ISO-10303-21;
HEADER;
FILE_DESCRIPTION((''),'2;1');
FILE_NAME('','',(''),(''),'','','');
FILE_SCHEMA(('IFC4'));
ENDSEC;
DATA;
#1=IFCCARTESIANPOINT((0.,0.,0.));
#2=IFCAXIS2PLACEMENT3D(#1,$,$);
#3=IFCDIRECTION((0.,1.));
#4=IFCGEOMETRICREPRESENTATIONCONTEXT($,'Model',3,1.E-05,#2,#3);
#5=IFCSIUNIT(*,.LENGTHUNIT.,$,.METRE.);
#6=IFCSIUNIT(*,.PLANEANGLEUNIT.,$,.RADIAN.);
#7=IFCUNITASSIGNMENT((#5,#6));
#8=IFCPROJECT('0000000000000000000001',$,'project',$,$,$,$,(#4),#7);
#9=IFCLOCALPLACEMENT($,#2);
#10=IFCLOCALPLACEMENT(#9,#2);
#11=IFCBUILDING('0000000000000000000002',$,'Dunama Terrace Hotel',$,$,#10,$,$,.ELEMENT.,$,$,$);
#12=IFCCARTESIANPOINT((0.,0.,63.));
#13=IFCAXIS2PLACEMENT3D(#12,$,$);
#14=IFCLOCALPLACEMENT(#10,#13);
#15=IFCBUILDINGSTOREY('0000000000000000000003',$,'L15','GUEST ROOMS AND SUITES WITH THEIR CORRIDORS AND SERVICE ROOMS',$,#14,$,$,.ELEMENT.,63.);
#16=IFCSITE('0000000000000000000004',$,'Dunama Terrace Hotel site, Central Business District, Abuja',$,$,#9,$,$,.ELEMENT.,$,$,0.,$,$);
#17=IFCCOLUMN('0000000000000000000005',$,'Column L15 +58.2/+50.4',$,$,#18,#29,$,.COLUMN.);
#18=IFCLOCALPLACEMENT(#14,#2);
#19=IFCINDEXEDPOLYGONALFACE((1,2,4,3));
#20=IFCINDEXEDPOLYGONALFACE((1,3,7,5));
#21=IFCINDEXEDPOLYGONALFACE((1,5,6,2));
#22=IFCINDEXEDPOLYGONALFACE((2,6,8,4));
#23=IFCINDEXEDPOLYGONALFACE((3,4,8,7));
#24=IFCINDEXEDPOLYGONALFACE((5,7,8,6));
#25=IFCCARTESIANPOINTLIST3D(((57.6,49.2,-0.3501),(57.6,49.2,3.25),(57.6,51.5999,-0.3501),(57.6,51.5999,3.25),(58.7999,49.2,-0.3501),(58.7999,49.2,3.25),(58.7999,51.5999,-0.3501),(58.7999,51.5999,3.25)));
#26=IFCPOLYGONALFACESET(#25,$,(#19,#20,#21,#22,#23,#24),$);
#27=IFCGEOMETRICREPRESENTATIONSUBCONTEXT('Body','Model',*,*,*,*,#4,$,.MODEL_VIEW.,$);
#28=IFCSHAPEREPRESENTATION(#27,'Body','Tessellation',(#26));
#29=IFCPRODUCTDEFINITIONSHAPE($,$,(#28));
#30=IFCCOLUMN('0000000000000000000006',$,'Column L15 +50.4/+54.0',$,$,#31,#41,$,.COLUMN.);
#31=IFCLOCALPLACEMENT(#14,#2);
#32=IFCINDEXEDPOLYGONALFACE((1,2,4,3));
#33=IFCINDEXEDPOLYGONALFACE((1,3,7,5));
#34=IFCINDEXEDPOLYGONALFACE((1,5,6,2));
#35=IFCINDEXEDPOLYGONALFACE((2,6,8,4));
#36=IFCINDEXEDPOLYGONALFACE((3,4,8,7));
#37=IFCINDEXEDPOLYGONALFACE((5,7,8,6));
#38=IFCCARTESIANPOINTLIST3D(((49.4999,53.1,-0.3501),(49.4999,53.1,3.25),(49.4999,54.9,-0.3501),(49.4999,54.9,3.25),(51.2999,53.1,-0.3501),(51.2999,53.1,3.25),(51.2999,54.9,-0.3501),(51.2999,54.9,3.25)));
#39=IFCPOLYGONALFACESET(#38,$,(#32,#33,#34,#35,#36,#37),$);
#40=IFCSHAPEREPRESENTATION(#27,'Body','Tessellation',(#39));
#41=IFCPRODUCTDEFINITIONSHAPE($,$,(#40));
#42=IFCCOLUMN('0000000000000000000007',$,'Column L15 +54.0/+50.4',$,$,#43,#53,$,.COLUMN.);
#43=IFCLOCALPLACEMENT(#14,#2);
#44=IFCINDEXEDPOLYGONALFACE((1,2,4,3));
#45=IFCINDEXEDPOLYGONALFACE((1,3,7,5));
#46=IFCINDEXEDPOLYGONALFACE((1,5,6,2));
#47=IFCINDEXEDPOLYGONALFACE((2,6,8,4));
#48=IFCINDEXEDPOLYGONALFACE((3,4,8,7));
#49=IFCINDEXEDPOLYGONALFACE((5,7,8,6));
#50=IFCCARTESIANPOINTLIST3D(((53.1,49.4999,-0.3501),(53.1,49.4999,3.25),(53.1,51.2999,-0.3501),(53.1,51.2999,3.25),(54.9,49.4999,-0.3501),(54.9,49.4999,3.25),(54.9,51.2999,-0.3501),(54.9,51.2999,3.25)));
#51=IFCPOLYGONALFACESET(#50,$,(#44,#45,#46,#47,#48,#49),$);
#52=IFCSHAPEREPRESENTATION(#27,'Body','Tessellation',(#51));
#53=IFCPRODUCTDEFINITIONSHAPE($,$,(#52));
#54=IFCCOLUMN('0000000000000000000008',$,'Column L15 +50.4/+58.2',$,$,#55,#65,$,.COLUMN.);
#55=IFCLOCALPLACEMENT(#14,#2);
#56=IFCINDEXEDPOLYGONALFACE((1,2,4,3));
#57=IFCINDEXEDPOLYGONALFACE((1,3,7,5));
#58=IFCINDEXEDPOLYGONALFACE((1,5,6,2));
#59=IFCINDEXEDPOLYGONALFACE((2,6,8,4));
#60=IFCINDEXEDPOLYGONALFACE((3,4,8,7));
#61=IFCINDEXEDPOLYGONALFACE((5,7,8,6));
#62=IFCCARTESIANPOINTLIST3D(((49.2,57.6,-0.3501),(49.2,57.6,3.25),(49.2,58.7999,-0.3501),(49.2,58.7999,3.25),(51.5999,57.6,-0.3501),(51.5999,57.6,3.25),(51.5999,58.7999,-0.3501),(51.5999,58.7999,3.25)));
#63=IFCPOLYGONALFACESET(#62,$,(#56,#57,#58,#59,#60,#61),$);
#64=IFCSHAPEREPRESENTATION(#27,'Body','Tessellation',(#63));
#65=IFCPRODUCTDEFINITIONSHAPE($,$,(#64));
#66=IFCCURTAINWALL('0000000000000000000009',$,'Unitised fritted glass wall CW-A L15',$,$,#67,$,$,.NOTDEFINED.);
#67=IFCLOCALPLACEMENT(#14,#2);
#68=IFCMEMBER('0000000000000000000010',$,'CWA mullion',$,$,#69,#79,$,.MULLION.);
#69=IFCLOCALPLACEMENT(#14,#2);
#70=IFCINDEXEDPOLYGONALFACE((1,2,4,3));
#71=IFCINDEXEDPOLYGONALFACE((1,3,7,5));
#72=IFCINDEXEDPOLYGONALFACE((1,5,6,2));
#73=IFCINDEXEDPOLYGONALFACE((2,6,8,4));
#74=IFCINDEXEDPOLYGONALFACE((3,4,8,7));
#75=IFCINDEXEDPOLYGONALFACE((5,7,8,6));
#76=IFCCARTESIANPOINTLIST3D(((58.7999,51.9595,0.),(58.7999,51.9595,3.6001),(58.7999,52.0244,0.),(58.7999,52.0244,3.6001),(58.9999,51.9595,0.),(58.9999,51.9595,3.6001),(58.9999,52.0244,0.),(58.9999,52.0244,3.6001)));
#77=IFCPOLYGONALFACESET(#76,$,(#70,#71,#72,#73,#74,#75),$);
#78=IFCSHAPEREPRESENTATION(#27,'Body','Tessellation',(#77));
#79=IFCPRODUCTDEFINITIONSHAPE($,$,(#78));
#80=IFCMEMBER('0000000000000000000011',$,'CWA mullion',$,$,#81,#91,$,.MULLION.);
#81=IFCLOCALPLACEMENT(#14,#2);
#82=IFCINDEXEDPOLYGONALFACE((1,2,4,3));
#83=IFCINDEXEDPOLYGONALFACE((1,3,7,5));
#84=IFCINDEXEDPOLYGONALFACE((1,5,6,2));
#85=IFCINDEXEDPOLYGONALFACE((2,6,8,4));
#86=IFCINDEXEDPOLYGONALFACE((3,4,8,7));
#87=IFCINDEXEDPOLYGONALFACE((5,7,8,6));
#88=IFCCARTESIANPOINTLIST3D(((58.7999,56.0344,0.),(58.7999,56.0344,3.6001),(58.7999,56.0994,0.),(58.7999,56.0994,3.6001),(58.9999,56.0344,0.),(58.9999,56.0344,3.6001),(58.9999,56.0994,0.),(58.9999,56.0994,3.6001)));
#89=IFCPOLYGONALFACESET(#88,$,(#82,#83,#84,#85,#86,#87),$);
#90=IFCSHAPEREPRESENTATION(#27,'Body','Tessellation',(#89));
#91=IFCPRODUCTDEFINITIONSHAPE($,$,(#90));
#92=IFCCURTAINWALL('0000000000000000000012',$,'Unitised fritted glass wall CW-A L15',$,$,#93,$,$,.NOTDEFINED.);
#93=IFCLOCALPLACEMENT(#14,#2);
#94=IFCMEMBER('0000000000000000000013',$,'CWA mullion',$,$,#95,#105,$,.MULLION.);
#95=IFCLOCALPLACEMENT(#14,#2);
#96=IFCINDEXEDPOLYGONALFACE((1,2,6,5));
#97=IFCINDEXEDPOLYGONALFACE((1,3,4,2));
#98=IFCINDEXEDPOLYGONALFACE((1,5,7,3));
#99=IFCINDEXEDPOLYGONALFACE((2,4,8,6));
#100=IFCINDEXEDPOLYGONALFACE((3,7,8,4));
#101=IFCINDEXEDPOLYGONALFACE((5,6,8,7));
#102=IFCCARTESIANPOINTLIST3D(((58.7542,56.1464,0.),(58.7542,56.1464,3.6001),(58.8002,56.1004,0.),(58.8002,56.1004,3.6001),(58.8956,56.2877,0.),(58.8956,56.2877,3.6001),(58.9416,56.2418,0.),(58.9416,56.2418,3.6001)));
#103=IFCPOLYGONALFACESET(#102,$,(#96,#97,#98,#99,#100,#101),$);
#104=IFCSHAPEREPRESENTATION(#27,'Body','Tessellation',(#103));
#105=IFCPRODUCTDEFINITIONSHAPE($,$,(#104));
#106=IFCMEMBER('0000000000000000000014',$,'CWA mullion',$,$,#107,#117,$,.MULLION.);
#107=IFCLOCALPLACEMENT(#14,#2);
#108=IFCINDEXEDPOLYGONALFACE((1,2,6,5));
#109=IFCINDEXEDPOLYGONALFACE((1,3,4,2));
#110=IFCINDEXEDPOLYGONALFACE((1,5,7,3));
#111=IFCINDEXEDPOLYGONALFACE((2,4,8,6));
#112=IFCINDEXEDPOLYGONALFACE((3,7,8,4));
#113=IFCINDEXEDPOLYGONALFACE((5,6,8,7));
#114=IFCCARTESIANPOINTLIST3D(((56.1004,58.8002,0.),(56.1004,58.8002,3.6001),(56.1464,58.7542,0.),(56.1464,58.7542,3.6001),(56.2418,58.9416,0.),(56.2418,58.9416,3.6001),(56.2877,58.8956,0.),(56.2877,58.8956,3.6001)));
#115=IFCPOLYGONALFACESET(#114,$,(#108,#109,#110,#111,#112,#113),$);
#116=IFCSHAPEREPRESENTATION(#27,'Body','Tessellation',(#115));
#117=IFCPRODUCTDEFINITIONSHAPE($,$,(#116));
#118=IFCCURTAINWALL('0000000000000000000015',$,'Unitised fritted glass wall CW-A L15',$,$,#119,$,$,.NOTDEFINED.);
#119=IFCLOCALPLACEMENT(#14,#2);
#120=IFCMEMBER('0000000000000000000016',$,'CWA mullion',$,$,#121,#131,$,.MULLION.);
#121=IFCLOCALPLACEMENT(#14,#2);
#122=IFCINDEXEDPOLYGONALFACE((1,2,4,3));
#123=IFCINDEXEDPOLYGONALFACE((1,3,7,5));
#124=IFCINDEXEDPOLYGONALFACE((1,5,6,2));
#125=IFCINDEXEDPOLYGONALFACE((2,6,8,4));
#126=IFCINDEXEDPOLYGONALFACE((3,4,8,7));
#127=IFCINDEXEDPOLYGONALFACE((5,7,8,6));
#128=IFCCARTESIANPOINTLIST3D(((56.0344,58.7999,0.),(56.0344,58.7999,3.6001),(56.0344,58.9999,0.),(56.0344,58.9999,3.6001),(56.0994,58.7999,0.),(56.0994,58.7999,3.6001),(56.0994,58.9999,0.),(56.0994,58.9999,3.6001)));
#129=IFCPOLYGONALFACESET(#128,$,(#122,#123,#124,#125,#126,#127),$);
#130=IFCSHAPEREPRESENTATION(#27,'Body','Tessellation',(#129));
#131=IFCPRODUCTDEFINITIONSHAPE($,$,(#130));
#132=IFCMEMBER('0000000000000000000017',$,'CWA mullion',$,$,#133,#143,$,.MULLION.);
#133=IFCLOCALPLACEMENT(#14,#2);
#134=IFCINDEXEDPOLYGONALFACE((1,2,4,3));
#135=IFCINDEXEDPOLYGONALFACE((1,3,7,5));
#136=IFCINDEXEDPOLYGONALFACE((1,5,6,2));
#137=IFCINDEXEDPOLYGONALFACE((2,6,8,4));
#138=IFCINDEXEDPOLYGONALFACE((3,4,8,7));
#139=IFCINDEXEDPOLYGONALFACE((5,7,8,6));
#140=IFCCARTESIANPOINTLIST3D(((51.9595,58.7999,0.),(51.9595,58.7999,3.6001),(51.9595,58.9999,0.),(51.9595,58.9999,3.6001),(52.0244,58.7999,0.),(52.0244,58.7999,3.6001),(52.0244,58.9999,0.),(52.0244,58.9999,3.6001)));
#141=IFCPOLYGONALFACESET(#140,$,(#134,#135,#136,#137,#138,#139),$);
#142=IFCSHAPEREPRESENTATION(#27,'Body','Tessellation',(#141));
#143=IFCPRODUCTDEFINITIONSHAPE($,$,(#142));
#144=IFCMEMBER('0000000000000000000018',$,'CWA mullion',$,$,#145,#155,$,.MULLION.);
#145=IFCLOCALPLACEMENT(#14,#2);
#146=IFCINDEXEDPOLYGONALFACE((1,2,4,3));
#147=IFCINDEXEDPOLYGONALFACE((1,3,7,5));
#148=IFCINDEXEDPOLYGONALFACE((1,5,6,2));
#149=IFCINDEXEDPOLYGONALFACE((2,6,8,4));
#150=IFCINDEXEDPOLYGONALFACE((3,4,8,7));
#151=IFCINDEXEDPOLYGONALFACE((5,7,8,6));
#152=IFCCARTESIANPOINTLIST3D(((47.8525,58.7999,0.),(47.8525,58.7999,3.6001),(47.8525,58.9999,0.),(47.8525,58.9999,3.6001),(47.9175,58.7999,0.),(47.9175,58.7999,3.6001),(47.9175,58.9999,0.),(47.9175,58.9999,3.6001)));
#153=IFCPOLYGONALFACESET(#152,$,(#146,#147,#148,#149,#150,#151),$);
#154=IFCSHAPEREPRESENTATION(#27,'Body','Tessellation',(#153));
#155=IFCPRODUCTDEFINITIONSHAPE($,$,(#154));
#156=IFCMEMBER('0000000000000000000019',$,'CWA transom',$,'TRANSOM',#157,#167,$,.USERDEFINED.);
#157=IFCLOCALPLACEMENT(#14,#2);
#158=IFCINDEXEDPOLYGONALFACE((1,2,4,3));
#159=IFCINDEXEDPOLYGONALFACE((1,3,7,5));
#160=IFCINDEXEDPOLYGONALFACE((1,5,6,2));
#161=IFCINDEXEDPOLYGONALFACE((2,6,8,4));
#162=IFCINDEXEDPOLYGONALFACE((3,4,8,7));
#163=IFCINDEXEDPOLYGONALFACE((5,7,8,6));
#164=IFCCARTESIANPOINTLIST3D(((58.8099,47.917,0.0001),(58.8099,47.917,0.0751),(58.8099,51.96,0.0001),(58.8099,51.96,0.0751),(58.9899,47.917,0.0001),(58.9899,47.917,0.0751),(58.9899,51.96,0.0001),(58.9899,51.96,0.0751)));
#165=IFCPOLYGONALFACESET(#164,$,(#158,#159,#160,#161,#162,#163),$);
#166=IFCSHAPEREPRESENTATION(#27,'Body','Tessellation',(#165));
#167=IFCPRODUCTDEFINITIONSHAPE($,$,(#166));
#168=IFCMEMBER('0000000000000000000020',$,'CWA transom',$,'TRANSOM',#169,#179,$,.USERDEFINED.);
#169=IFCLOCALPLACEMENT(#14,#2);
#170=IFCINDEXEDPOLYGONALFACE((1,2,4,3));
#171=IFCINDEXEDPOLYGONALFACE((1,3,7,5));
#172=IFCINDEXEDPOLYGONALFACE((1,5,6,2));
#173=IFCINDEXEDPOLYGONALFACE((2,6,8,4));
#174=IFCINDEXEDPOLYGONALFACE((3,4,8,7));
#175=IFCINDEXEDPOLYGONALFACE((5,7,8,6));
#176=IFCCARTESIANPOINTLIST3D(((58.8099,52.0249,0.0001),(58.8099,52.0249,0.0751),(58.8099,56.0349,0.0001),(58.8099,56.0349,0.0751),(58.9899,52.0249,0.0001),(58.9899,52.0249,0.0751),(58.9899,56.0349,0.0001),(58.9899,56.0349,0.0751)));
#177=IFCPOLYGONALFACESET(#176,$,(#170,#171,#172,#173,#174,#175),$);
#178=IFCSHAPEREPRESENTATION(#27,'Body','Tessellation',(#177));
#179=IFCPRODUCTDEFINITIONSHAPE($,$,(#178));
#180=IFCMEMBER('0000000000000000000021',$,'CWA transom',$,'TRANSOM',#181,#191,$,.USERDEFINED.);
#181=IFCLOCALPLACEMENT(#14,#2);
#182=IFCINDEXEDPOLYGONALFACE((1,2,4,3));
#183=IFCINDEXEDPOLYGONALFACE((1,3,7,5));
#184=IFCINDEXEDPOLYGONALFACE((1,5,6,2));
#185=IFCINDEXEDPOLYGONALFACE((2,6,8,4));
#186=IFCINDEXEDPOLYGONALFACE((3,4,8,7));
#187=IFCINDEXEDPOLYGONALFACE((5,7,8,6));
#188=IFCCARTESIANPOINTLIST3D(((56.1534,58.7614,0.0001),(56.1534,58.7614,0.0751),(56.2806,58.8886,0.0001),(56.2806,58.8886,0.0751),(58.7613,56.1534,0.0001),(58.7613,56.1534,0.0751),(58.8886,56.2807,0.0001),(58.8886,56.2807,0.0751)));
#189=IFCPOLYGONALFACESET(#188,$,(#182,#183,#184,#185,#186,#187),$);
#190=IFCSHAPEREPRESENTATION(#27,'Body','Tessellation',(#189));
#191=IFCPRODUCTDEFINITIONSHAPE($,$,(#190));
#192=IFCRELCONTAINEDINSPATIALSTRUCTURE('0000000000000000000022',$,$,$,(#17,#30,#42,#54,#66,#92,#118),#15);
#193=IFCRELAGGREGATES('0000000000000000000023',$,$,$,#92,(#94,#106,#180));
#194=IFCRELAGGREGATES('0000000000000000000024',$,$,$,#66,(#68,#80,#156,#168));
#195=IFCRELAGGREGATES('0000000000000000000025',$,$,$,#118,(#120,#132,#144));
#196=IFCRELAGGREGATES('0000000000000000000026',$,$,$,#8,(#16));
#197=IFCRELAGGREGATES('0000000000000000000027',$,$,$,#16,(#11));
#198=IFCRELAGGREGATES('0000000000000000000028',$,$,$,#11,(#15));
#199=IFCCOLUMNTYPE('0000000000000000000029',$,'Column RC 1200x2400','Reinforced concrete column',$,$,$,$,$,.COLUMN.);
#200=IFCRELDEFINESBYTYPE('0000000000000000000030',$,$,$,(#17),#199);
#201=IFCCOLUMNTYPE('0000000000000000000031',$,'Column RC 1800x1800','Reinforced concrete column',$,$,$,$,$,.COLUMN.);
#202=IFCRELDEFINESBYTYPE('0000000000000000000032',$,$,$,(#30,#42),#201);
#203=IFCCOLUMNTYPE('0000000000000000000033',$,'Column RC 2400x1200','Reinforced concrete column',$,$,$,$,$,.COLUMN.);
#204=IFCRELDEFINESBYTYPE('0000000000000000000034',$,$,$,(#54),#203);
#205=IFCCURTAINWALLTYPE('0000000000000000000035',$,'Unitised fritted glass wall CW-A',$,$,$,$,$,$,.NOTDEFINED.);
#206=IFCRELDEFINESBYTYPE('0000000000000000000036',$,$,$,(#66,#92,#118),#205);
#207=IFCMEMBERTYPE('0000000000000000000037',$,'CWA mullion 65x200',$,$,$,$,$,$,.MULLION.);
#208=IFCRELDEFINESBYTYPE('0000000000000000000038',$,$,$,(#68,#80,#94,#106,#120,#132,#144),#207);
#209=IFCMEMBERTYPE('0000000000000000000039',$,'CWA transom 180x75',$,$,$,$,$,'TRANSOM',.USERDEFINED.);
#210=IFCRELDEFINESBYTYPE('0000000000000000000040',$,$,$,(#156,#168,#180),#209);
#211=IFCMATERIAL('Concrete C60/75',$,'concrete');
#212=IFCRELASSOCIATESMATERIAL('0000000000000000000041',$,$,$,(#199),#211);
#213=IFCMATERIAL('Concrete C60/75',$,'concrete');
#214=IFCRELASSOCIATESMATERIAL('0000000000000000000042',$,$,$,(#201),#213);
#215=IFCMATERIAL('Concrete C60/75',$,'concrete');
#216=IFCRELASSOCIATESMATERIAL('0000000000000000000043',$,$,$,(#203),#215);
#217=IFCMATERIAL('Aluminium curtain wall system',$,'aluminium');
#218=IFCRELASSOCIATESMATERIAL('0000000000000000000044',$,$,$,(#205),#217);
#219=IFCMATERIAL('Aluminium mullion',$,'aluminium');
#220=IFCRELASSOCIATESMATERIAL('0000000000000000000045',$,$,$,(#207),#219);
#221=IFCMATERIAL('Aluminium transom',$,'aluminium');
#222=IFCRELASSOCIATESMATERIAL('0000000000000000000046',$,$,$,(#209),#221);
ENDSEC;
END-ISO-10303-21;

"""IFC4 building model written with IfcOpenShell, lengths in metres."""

from ifc_helpers import new_model, si_unit, direction, frame, origin, origin_2d, place, context, subcontext, project, spatial, rectangle, extrude, material, material_profile, profile_set, type_object, element, aggregate, save


model = new_model("IFC4")

# Units and contexts
model_context = context("Model", 3, precision=1e-05, world=origin(), true_north=direction((0.0, 1.0)))
body_context = subcontext(model_context, "Body", "Model", "MODEL_VIEW")
ifc_project = project(units=[si_unit("LENGTHUNIT", "METRE"), si_unit("PLANEANGLEUNIT", "RADIAN")], contexts=[model_context])

# Site, building, storey
site_placement = place(None, origin())
site = spatial("IfcSite", under=ifc_project, at=site_placement, Name="Dunama Terrace Hotel site, Central Business District, Abuja", CompositionType="ELEMENT", RefElevation=0.0)
building_placement = place(site_placement, origin())
building = spatial("IfcBuilding", under=site, at=building_placement, Name="Dunama Terrace Hotel", CompositionType="ELEMENT")
storey_placement = place(building_placement, frame((0.0, 0.0, 63.0)))
storey = spatial("IfcBuildingStorey", under=building, at=storey_placement, Name="L15", Description="GUEST ROOMS AND SUITES WITH THEIR CORRIDORS AND SERVICE ROOMS", CompositionType="ELEMENT", Elevation=63.0)

# Columns
ifc_material_1 = material(Name="Concrete C60/75", Category="concrete")
ifc_material_profile_1 = material_profile(ifc_material_1, rectangle(XDim=1.2, YDim=2.3999, at=origin_2d()), Name="RC 1200x2400")
ifc_profile_set_1 = profile_set([ifc_material_profile_1], Name="Concrete C60/75")
column_type_1 = type_object("IfcColumnType", Name="Column RC 1200x2400", Description="Reinforced concrete column", PredefinedType="COLUMN", material=ifc_profile_set_1)
column_1_placement = place(storey_placement, frame((58.2, 50.3999, -0.3501), z_axis=(0.0, 0.0, 1.0), x_axis=(1.0, 0.0, 0.0)))
element("IfcColumn", 1, at=column_1_placement, inside=storey, type_object=column_type_1, Name="Column L15 +58.2/+50.4", PredefinedType="COLUMN", context=body_context, shape_type="SweptSolid", body=[
    extrude(rectangle(XDim=1.2, YDim=2.3999, at=origin_2d()), origin(), (0.0, 0.0, 1.0), 3.6001),
])
ifc_material_2 = material(Name="Concrete C60/75", Category="concrete")
ifc_material_profile_2 = material_profile(ifc_material_2, rectangle(XDim=1.8, YDim=1.8, at=origin_2d()), Name="RC 1800x1800")
ifc_profile_set_2 = profile_set([ifc_material_profile_2], Name="Concrete C60/75")
column_type_2 = type_object("IfcColumnType", Name="Column RC 1800x1800", Description="Reinforced concrete column", PredefinedType="COLUMN", material=ifc_profile_set_2)
for number, where, z_axis, x_axis, name in (
    (2, (50.3999, 54.0, -0.3501), (0.0, 0.0, 1.0), (1.0, 0.0, 0.0), "Column L15 +50.4/+54.0"),
    (3, (54.0, 50.3999, -0.3501), (0.0, 0.0, 1.0), (1.0, 0.0, 0.0), "Column L15 +54.0/+50.4"),
):
    element("IfcColumn", number, at=place(storey_placement, frame(where, z_axis=z_axis, x_axis=x_axis)), inside=storey, type_object=column_type_2, Name=name, PredefinedType="COLUMN", context=body_context, shape_type="SweptSolid", body=[
        extrude(rectangle(XDim=1.8, YDim=1.8, at=origin_2d()), origin(), (0.0, 0.0, 1.0), 3.6001),
    ])
ifc_material_3 = material(Name="Concrete C60/75", Category="concrete")
ifc_material_profile_3 = material_profile(ifc_material_3, rectangle(XDim=2.3999, YDim=1.2, at=origin_2d()), Name="RC 2400x1200")
ifc_profile_set_3 = profile_set([ifc_material_profile_3], Name="Concrete C60/75")
column_type_3 = type_object("IfcColumnType", Name="Column RC 2400x1200", Description="Reinforced concrete column", PredefinedType="COLUMN", material=ifc_profile_set_3)
column_2_placement = place(storey_placement, frame((50.3999, 58.2, -0.3501), z_axis=(0.0, 0.0, 1.0), x_axis=(1.0, 0.0, 0.0)))
element("IfcColumn", 4, at=column_2_placement, inside=storey, type_object=column_type_3, Name="Column L15 +50.4/+58.2", PredefinedType="COLUMN", context=body_context, shape_type="SweptSolid", body=[
    extrude(rectangle(XDim=2.3999, YDim=1.2, at=origin_2d()), origin(), (0.0, 0.0, 1.0), 3.6001),
])

# Curtain walls, members
ifc_material_4 = material(Name="Aluminium curtain wall system", Category="aluminium")
curtain_wall_type = type_object("IfcCurtainWallType", Name="Unitised fritted glass wall CW-A", PredefinedType="NOTDEFINED", material=ifc_material_4)
curtain_wall_1_placement = place(storey_placement, origin())
curtain_wall_1 = element("IfcCurtainWall", 5, at=curtain_wall_1_placement, inside=storey, type_object=curtain_wall_type, Name="Unitised fritted glass wall CW-A L15", PredefinedType="NOTDEFINED")
ifc_material_5 = material(Name="Aluminium mullion", Category="aluminium")
ifc_material_profile_4 = material_profile(ifc_material_5, rectangle(XDim=0.0649, YDim=0.2, at=origin_2d()), Name="CWA MULLION 65X200")
ifc_profile_set_4 = profile_set([ifc_material_profile_4], Name="Aluminium mullion")
member_type_1 = type_object("IfcMemberType", Name="CWA mullion 65x200", PredefinedType="MULLION", material=ifc_profile_set_4)
member_1_placement = place(storey_placement, frame((58.8999, 51.9919, 0.0), z_axis=(0.0, 0.0, 1.0), x_axis=(0.0, 1.0, 0.0)))
member_1 = element("IfcMember", 6, at=member_1_placement, type_object=member_type_1, Name="CWA mullion", PredefinedType="MULLION", context=body_context, shape_type="SweptSolid", body=[
    extrude(rectangle(XDim=0.0649, YDim=0.2, at=origin_2d()), origin(), (0.0, 0.0, 1.0), 3.6001),
])
member_2_placement = place(storey_placement, frame((58.8999, 56.0669, 0.0), z_axis=(0.0, 0.0, 1.0), x_axis=(0.0, 1.0, 0.0)))
member_2 = element("IfcMember", 7, at=member_2_placement, type_object=member_type_1, Name="CWA mullion", PredefinedType="MULLION", context=body_context, shape_type="SweptSolid", body=[
    extrude(rectangle(XDim=0.0649, YDim=0.2, at=origin_2d()), origin(), (0.0, 0.0, 1.0), 3.6001),
])
curtain_wall_2_placement = place(storey_placement, origin())
curtain_wall_2 = element("IfcCurtainWall", 8, at=curtain_wall_2_placement, inside=storey, type_object=curtain_wall_type, Name="Unitised fritted glass wall CW-A L15", PredefinedType="NOTDEFINED")
member_3_placement = place(storey_placement, frame((58.8479, 56.1941, 0.0), z_axis=(0.0, 0.0, 1.0), x_axis=(-0.707107, 0.707107, 0.0)))
member_3 = element("IfcMember", 9, at=member_3_placement, type_object=member_type_1, Name="CWA mullion", PredefinedType="MULLION", context=body_context, shape_type="SweptSolid", body=[
    extrude(rectangle(XDim=0.0649, YDim=0.2, at=origin_2d()), origin(), (0.0, 0.0, 1.0), 3.6001),
])
member_4_placement = place(storey_placement, frame((56.1941, 58.8479, 0.0), z_axis=(0.0, 0.0, 1.0), x_axis=(-0.707107, 0.707107, 0.0)))
member_4 = element("IfcMember", 10, at=member_4_placement, type_object=member_type_1, Name="CWA mullion", PredefinedType="MULLION", context=body_context, shape_type="SweptSolid", body=[
    extrude(rectangle(XDim=0.0649, YDim=0.2, at=origin_2d()), origin(), (0.0, 0.0, 1.0), 3.6001),
])
curtain_wall_3_placement = place(storey_placement, origin())
curtain_wall_3 = element("IfcCurtainWall", 11, at=curtain_wall_3_placement, inside=storey, type_object=curtain_wall_type, Name="Unitised fritted glass wall CW-A L15", PredefinedType="NOTDEFINED")
member_5_placement = place(storey_placement, frame((56.0669, 58.8999, 0.0), z_axis=(0.0, 0.0, 1.0), x_axis=(-1.0, 0.0, 0.0)))
member_5 = element("IfcMember", 12, at=member_5_placement, type_object=member_type_1, Name="CWA mullion", PredefinedType="MULLION", context=body_context, shape_type="SweptSolid", body=[
    extrude(rectangle(XDim=0.0649, YDim=0.2, at=origin_2d()), origin(), (0.0, 0.0, 1.0), 3.6001),
])
member_6_placement = place(storey_placement, frame((51.9919, 58.8999, 0.0), z_axis=(0.0, 0.0, 1.0), x_axis=(-1.0, 0.0, 0.0)))
member_6 = element("IfcMember", 13, at=member_6_placement, type_object=member_type_1, Name="CWA mullion", PredefinedType="MULLION", context=body_context, shape_type="SweptSolid", body=[
    extrude(rectangle(XDim=0.0649, YDim=0.2, at=origin_2d()), origin(), (0.0, 0.0, 1.0), 3.6001),
])
member_7_placement = place(storey_placement, frame((47.885, 58.8999, 0.0), z_axis=(0.0, 0.0, 1.0), x_axis=(-1.0, 0.0, 0.0)))
member_7 = element("IfcMember", 14, at=member_7_placement, type_object=member_type_1, Name="CWA mullion", PredefinedType="MULLION", context=body_context, shape_type="SweptSolid", body=[
    extrude(rectangle(XDim=0.0649, YDim=0.2, at=origin_2d()), origin(), (0.0, 0.0, 1.0), 3.6001),
])

# Members
ifc_material_6 = material(Name="Aluminium transom", Category="aluminium")
ifc_material_profile_5 = material_profile(ifc_material_6, rectangle(XDim=0.1799, YDim=0.075, at=origin_2d()), Name="CWA TRANSOM 180X75")
ifc_profile_set_5 = profile_set([ifc_material_profile_5], Name="Aluminium transom")
member_type_2 = type_object("IfcMemberType", Name="CWA transom 180x75", ElementType="TRANSOM", PredefinedType="USERDEFINED", material=ifc_profile_set_5)
member_8_placement = place(storey_placement, frame((58.8999, 47.917, 0.0376), z_axis=(0.0, 1.0, 0.0), x_axis=(-1.0, 0.0, 0.0)))
member_8 = element("IfcMember", 15, at=member_8_placement, type_object=member_type_2, Name="CWA transom", ObjectType="TRANSOM", PredefinedType="USERDEFINED", context=body_context, shape_type="SweptSolid", body=[
    extrude(rectangle(XDim=0.1799, YDim=0.075, at=origin_2d()), origin(), (0.0, 0.0, 1.0), 4.043),
])
member_9_placement = place(storey_placement, frame((58.8999, 52.0249, 0.0376), z_axis=(0.0, 1.0, 0.0), x_axis=(-1.0, 0.0, 0.0)))
member_9 = element("IfcMember", 16, at=member_9_placement, type_object=member_type_2, Name="CWA transom", ObjectType="TRANSOM", PredefinedType="USERDEFINED", context=body_context, shape_type="SweptSolid", body=[
    extrude(rectangle(XDim=0.1799, YDim=0.075, at=origin_2d()), origin(), (0.0, 0.0, 1.0), 4.01),
])
member_10_placement = place(storey_placement, frame((58.825, 56.217, 0.0376), z_axis=(-0.707107, 0.707107, 0.0), x_axis=(-0.707107, -0.707107, 0.0)))
member_10 = element("IfcMember", 17, at=member_10_placement, type_object=member_type_2, Name="CWA transom", ObjectType="TRANSOM", PredefinedType="USERDEFINED", context=body_context, shape_type="SweptSolid", body=[
    extrude(rectangle(XDim=0.1799, YDim=0.075, at=origin_2d()), origin(), (0.0, 0.0, 1.0), 3.6882),
])

aggregate(curtain_wall_2, [member_3, member_4, member_10])
aggregate(curtain_wall_1, [member_1, member_2, member_8, member_9])
aggregate(curtain_wall_3, [member_5, member_6, member_7])

save(model, "model.ifc")
